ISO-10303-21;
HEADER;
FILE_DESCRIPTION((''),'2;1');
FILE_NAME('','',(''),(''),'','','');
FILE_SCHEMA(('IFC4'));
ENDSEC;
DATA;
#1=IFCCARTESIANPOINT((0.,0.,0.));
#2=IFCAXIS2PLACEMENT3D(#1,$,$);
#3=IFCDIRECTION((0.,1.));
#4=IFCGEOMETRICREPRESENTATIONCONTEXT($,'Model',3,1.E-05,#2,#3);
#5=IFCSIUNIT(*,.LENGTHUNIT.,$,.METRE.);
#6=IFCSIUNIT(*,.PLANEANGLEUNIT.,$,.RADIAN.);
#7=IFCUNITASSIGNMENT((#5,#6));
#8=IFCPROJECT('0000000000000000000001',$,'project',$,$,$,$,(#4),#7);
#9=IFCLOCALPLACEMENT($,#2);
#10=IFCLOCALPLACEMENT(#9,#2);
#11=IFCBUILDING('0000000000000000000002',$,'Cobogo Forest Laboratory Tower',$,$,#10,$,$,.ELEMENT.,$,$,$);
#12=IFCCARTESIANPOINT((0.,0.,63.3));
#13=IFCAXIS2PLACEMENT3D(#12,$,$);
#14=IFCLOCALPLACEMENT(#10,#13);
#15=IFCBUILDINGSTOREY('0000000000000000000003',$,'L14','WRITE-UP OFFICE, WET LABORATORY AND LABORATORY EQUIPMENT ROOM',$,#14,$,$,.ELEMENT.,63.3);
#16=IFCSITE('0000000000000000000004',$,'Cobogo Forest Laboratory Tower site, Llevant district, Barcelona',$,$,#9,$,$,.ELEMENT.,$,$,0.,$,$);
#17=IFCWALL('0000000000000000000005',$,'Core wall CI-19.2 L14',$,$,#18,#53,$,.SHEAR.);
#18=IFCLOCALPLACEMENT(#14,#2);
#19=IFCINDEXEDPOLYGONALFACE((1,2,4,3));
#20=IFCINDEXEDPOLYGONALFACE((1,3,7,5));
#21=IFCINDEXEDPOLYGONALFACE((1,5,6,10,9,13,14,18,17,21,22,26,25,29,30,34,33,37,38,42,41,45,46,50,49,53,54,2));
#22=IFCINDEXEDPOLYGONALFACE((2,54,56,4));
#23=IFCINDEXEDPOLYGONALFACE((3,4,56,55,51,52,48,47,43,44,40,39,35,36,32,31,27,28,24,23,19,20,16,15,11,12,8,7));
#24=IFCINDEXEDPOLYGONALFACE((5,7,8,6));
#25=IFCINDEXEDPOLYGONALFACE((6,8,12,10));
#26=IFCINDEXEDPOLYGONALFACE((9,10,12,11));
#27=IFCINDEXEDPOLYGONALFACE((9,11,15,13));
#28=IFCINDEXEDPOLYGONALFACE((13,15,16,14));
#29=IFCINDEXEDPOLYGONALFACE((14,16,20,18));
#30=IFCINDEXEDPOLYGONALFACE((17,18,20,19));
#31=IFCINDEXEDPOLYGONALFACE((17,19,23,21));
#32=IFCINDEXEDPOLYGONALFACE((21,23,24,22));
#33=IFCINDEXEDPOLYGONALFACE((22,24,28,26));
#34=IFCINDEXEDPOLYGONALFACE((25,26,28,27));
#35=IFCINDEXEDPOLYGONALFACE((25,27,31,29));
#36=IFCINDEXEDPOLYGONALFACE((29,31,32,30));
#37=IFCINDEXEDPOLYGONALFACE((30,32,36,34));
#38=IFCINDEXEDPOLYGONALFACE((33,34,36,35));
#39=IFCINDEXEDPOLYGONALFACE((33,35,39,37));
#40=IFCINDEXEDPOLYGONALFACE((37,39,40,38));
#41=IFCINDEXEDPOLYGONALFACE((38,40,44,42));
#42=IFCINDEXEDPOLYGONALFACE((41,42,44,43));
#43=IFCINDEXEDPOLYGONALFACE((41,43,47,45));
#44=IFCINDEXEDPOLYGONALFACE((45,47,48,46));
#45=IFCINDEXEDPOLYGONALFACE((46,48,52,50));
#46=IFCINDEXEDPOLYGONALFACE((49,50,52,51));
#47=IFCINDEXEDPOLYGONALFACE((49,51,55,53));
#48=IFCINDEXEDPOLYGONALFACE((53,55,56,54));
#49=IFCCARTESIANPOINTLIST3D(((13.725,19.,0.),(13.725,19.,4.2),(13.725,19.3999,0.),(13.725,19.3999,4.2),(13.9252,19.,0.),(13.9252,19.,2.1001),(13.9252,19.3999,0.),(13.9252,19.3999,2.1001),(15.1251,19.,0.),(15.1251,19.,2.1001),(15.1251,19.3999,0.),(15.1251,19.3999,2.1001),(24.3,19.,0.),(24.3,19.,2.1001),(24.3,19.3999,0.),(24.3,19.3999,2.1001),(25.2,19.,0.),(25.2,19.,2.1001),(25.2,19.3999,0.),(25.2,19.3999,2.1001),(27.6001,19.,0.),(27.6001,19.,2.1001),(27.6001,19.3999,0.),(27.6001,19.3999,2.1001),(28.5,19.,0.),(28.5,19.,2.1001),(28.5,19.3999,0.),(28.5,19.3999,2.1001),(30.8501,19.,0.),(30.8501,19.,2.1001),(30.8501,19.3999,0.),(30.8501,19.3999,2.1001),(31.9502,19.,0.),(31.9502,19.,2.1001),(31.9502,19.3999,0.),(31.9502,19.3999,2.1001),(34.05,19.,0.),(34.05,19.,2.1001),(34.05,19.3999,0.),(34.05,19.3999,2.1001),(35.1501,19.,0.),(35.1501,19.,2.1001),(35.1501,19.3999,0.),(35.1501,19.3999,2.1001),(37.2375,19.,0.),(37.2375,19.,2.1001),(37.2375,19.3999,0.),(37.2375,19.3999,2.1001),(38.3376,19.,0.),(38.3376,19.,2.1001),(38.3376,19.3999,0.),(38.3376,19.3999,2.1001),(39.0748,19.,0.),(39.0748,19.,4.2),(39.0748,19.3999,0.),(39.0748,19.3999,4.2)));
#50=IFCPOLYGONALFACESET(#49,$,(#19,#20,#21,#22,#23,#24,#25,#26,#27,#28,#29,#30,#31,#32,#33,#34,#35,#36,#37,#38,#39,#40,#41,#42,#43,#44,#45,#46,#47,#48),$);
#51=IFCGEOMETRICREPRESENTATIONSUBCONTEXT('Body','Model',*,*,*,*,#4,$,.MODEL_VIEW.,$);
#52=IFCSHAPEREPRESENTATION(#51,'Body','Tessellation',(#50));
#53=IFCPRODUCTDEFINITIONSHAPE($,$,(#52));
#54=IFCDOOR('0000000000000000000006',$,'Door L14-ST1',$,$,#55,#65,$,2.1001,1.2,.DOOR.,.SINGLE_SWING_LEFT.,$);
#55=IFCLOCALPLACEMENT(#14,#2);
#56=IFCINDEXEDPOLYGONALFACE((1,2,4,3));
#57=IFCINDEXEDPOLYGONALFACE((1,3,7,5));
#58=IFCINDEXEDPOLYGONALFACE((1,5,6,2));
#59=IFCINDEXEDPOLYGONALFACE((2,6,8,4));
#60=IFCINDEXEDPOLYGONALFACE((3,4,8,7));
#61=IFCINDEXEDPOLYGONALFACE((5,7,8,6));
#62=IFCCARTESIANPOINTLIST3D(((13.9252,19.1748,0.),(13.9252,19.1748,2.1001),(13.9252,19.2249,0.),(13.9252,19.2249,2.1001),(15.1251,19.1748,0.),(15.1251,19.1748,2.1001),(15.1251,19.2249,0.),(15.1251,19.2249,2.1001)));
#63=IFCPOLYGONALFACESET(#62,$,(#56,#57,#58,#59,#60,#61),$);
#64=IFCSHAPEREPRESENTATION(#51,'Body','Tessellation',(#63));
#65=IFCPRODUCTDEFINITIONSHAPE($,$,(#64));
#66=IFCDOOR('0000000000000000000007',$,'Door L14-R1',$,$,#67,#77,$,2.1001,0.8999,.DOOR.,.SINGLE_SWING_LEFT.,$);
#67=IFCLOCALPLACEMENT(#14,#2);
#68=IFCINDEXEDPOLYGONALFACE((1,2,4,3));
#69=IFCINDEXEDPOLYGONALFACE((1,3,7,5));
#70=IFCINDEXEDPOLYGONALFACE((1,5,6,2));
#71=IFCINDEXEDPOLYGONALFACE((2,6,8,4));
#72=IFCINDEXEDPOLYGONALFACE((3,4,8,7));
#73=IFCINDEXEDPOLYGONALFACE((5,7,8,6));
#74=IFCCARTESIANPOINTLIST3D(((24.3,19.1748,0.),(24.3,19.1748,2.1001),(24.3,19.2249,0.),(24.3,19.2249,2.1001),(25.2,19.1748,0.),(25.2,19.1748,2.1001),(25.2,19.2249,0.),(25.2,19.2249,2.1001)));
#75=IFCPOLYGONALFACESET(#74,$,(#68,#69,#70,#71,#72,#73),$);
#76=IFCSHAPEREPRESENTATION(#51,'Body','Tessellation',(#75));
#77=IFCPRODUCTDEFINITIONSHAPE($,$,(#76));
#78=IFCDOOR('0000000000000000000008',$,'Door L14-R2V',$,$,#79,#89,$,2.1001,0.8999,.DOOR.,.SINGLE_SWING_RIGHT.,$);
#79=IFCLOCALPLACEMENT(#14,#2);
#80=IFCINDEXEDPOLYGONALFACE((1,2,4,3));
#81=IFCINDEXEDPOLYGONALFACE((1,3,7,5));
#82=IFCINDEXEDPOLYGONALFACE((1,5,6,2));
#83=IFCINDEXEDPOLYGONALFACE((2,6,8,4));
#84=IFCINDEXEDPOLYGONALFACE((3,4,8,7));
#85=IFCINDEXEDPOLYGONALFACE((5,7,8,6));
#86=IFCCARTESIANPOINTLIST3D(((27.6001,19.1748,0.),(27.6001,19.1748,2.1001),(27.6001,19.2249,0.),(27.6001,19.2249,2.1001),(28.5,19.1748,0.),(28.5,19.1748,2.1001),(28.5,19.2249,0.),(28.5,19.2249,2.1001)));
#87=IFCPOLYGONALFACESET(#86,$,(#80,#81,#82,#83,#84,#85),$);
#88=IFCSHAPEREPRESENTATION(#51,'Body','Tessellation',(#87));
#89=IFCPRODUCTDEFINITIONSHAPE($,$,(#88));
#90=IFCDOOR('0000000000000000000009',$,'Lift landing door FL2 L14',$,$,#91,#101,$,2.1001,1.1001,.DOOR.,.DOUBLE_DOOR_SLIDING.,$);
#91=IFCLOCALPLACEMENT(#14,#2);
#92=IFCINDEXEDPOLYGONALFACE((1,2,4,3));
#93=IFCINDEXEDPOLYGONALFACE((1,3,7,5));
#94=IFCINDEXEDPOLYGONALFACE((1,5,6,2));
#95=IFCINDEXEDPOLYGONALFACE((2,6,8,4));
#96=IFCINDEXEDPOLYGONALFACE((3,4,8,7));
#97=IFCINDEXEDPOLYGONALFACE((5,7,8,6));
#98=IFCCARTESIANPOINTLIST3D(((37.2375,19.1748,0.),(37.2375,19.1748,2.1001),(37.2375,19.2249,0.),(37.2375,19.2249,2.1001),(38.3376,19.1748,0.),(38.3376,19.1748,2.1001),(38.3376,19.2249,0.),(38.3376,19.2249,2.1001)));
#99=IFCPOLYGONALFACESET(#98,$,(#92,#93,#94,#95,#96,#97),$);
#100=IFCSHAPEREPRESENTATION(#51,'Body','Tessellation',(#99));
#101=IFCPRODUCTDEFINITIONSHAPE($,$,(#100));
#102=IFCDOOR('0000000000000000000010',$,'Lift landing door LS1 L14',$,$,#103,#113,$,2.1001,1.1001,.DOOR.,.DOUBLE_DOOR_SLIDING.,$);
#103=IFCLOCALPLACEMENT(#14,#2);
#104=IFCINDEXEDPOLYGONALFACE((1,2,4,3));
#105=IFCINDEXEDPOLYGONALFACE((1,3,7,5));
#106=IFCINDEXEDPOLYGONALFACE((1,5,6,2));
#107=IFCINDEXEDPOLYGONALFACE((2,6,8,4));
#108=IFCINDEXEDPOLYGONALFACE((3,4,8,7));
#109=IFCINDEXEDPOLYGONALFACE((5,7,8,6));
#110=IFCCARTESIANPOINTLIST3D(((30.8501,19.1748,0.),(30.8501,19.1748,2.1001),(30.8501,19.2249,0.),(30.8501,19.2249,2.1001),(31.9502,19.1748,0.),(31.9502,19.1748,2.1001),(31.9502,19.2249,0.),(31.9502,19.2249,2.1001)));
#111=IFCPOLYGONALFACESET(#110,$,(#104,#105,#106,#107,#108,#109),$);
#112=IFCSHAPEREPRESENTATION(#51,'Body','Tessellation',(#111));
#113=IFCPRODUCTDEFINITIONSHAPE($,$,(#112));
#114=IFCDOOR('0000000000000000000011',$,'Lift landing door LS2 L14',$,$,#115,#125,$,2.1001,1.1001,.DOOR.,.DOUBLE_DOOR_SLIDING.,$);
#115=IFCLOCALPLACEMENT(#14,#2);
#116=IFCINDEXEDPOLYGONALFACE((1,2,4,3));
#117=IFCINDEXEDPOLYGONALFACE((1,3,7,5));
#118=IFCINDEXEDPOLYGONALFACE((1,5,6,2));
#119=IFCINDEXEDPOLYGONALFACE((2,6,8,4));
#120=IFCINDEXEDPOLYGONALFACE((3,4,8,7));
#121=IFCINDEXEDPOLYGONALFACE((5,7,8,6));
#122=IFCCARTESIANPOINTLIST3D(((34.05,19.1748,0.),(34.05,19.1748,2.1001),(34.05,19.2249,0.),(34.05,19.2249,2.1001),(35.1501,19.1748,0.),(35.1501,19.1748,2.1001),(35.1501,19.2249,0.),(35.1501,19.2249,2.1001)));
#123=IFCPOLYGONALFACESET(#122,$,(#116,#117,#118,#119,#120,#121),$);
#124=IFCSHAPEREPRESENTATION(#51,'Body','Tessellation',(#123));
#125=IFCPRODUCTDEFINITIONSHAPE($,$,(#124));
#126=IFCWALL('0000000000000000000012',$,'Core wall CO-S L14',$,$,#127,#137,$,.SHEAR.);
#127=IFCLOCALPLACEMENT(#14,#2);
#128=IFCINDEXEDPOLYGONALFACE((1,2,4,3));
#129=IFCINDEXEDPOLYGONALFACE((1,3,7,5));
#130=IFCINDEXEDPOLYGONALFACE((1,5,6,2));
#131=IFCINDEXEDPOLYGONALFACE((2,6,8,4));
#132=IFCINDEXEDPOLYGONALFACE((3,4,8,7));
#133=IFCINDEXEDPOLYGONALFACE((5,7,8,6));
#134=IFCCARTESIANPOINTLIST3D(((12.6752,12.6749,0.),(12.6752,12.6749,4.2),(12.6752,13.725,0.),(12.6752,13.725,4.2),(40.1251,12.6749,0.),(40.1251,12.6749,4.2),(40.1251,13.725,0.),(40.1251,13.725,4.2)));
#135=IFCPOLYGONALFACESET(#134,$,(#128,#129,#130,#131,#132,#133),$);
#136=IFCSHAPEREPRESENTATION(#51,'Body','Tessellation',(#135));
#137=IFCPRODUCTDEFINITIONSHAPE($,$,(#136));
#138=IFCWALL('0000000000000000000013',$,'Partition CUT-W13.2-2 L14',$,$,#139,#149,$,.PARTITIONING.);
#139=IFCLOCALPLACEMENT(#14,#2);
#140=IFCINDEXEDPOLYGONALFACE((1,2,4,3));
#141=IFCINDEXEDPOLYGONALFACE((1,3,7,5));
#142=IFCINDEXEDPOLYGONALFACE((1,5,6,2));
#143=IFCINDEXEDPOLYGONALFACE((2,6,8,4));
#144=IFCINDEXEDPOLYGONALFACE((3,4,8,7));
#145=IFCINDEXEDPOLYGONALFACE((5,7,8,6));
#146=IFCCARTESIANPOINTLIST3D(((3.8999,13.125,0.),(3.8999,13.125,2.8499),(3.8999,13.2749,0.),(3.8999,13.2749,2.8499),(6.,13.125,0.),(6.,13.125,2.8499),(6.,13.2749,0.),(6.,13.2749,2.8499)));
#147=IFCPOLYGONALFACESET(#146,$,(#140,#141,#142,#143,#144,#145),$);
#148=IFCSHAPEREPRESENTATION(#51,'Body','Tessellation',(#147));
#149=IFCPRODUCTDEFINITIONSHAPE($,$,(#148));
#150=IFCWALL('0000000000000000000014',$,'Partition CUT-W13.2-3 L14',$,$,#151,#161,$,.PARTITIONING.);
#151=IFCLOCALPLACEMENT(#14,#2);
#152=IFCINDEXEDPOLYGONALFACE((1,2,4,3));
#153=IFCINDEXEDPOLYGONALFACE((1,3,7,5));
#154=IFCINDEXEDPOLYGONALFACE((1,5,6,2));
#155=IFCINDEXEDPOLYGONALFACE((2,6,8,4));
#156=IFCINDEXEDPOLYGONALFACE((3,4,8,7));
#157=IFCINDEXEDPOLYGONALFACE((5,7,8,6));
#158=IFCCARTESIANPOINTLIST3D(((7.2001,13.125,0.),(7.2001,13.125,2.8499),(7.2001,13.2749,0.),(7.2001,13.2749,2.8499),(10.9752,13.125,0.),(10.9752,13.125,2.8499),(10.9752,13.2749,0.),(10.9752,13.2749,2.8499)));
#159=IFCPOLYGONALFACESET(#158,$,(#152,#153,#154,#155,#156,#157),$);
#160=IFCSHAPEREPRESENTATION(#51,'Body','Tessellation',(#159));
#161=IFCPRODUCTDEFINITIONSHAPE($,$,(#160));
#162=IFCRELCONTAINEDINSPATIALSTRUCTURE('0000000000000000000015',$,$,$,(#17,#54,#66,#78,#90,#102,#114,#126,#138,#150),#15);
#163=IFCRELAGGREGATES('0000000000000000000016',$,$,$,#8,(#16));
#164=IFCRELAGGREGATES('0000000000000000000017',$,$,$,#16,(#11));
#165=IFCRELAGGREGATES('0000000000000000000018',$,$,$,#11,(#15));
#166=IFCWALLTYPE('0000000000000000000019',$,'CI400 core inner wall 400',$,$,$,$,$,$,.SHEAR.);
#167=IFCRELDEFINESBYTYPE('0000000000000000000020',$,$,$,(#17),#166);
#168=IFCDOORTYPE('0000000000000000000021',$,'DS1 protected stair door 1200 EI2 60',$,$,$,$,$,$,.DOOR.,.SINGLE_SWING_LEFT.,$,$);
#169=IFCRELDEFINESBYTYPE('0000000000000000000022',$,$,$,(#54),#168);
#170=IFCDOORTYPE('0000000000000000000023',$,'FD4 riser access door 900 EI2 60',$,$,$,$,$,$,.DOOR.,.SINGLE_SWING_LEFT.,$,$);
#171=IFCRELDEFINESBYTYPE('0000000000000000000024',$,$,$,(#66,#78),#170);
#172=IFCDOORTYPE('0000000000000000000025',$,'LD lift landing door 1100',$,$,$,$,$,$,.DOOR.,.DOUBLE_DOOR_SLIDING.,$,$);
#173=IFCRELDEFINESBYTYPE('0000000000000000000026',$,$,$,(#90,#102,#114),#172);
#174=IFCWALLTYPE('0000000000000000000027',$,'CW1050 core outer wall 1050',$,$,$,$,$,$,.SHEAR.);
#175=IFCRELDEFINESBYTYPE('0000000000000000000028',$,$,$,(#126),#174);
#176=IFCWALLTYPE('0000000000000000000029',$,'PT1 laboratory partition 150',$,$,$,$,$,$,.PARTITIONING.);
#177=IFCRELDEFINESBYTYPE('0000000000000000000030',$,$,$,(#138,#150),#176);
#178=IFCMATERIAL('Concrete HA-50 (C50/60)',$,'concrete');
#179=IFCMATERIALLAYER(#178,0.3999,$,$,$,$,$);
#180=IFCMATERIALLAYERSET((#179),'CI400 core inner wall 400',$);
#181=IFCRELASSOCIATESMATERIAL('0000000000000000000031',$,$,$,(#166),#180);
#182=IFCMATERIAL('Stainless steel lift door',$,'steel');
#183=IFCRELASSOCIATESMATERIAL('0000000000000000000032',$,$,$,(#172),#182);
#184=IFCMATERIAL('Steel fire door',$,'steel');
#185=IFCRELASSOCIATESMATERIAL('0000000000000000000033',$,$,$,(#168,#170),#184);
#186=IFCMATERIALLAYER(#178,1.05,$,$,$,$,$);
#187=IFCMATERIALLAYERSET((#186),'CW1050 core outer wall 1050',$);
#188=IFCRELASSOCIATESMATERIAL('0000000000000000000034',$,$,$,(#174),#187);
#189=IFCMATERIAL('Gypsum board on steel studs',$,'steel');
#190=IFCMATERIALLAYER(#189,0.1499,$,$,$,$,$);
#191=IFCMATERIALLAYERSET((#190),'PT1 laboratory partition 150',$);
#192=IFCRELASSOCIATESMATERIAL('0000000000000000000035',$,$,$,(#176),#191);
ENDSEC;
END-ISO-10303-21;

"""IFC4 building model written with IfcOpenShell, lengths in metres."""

from ifc_helpers import new_model, si_unit, direction, frame, frame_2d, origin, place, context, subcontext, project, spatial, rectangle, extrude, material, layer, layer_set, type_object, element, fill, save


model = new_model("IFC4")

# Units and contexts
model_context = context("Model", 3, precision=1e-05, world=origin(), true_north=direction((0.0, 1.0)))
body_context = subcontext(model_context, "Body", "Model", "MODEL_VIEW")
ifc_project = project(units=[si_unit("LENGTHUNIT", "METRE"), si_unit("PLANEANGLEUNIT", "RADIAN")], contexts=[model_context])

# Site, building, storey
site_placement = place(None, origin())
site = spatial("IfcSite", under=ifc_project, at=site_placement, Name="Cobogo Forest Laboratory Tower site, Llevant district, Barcelona", CompositionType="ELEMENT", RefElevation=0.0)
building_placement = place(site_placement, origin())
building = spatial("IfcBuilding", under=site, at=building_placement, Name="Cobogo Forest Laboratory Tower", CompositionType="ELEMENT")
storey_placement = place(building_placement, frame((0.0, 0.0, 63.3)))
storey = spatial("IfcBuildingStorey", under=building, at=storey_placement, Name="L14", Description="WRITE-UP OFFICE, WET LABORATORY AND LABORATORY EQUIPMENT ROOM", CompositionType="ELEMENT", Elevation=63.3)

# Shared definitions
ifc_material_1 = material(Name="Concrete HA-50 (C50/60)", Category="concrete")

# Wall, openings, doors
ifc_layer_1 = layer(ifc_material_1, 0.3999)
ifc_layer_set_1 = layer_set([ifc_layer_1], Name="CI400 core inner wall 400")
wall_type_1 = type_object("IfcWallType", Name="CI400 core inner wall 400", PredefinedType="SHEAR", material=ifc_layer_set_1)
ifc_material_2 = material(Name="Stainless steel lift door", Category="steel")
door_type_1 = type_object("IfcDoorType", Name="LD lift landing door 1100", OperationType="DOUBLE_DOOR_SLIDING", PredefinedType="DOOR", material=ifc_material_2)
wall_1_placement = place(storey_placement, frame((13.7251, 19.2, 0.0), z_axis=(0.0, 0.0, 1.0), x_axis=(1.0, 0.0, 0.0)))
wall_1 = element("IfcWall", 1, at=wall_1_placement, inside=storey, type_object=wall_type_1, Name="Core wall CI-19.2 L14", PredefinedType="SHEAR", context=body_context, shape_type="SweptSolid", body=[
    extrude(rectangle(XDim=25.3499, YDim=0.3999, at=frame_2d((12.6748, 0.0))), origin(), (0.0, 0.0, 1.0), 4.2),
])
opening_1_placement = place(wall_1_placement, frame((10.575, 0.0, 0.0)))
opening_1 = element("IfcOpeningElement", 2, at=opening_1_placement, cuts=wall_1, PredefinedType="OPENING", context=body_context, shape_type="SweptSolid", body=[
    extrude(rectangle(XDim=0.8999, YDim=2.1001, at=frame_2d((0.45, 1.05))), frame((0.0, 0.21, 0.0), z_axis=(0.0, -1.0, 0.0), x_axis=(1.0, 0.0, 0.0)), (0.0, 0.0, 1.0), 0.4199),
])
opening_2_placement = place(wall_1_placement, frame((13.875, 0.0, 0.0)))
opening_2 = element("IfcOpeningElement", 3, at=opening_2_placement, cuts=wall_1, PredefinedType="OPENING", context=body_context, shape_type="SweptSolid", body=[
    extrude(rectangle(XDim=0.8999, YDim=2.1001, at=frame_2d((0.45, 1.05))), frame((0.0, 0.21, 0.0), z_axis=(0.0, -1.0, 0.0), x_axis=(1.0, 0.0, 0.0)), (0.0, 0.0, 1.0), 0.4199),
])
opening_3_placement = place(wall_1_placement, frame((0.2, 0.0, 0.0)))
opening_3 = element("IfcOpeningElement", 4, at=opening_3_placement, cuts=wall_1, PredefinedType="OPENING", context=body_context, shape_type="SweptSolid", body=[
    extrude(rectangle(XDim=1.2, YDim=2.1001, at=frame_2d((0.6001, 1.05))), frame((0.0, 0.21, 0.0), z_axis=(0.0, -1.0, 0.0), x_axis=(1.0, 0.0, 0.0)), (0.0, 0.0, 1.0), 0.4199),
])
opening_4_placement = place(wall_1_placement, frame((23.5125, 0.0, 0.0)))
opening_4 = element("IfcOpeningElement", 5, at=opening_4_placement, cuts=wall_1, PredefinedType="OPENING", context=body_context, shape_type="SweptSolid", body=[
    extrude(rectangle(XDim=1.1001, YDim=2.1001, at=frame_2d((0.55, 1.05))), frame((0.0, 0.21, 0.0), z_axis=(0.0, -1.0, 0.0), x_axis=(1.0, 0.0, 0.0)), (0.0, 0.0, 1.0), 0.4199),
])
opening_5_placement = place(wall_1_placement, frame((17.125, 0.0, 0.0)))
opening_5 = element("IfcOpeningElement", 6, at=opening_5_placement, cuts=wall_1, PredefinedType="OPENING", context=body_context, shape_type="SweptSolid", body=[
    extrude(rectangle(XDim=1.1001, YDim=2.1001, at=frame_2d((0.55, 1.05))), frame((0.0, 0.21, 0.0), z_axis=(0.0, -1.0, 0.0), x_axis=(1.0, 0.0, 0.0)), (0.0, 0.0, 1.0), 0.4199),
])
opening_6_placement = place(wall_1_placement, frame((20.325, 0.0, 0.0)))
opening_6 = element("IfcOpeningElement", 7, at=opening_6_placement, cuts=wall_1, PredefinedType="OPENING", context=body_context, shape_type="SweptSolid", body=[
    extrude(rectangle(XDim=1.1001, YDim=2.1001, at=frame_2d((0.55, 1.05))), frame((0.0, 0.21, 0.0), z_axis=(0.0, -1.0, 0.0), x_axis=(1.0, 0.0, 0.0)), (0.0, 0.0, 1.0), 0.4199),
])
ifc_material_3 = material(Name="Steel fire door", Category="steel")
door_type_2 = type_object("IfcDoorType", Name="DS1 protected stair door 1200 EI2 60", OperationType="SINGLE_SWING_LEFT", PredefinedType="DOOR", material=ifc_material_3)
door_1_placement = place(opening_3_placement, origin())
door_1 = element("IfcDoor", 8, at=door_1_placement, inside=storey, type_object=door_type_2, Name="Door L14-ST1", OperationType="SINGLE_SWING_LEFT", OverallHeight=2.1001, OverallWidth=1.2, PredefinedType="DOOR", context=body_context, shape_type="SweptSolid", body=[
    extrude(rectangle(XDim=1.2, YDim=2.1001, at=frame_2d((0.6001, 1.05))), frame((0.0, 0.0249, 0.0), z_axis=(0.0, -1.0, 0.0), x_axis=(1.0, 0.0, 0.0)), (0.0, 0.0, 1.0), 0.05),
])
fill(opening_3, door_1)
door_type_3 = type_object("IfcDoorType", Name="FD4 riser access door 900 EI2 60", OperationType="SINGLE_SWING_LEFT", PredefinedType="DOOR", material=ifc_material_3)
door_2_placement = place(opening_1_placement, origin())
door_2 = element("IfcDoor", 9, at=door_2_placement, inside=storey, type_object=door_type_3, Name="Door L14-R1", OperationType="SINGLE_SWING_LEFT", OverallHeight=2.1001, OverallWidth=0.8999, PredefinedType="DOOR", context=body_context, shape_type="SweptSolid", body=[
    extrude(rectangle(XDim=0.8999, YDim=2.1001, at=frame_2d((0.45, 1.05))), frame((0.0, 0.0249, 0.0), z_axis=(0.0, -1.0, 0.0), x_axis=(1.0, 0.0, 0.0)), (0.0, 0.0, 1.0), 0.05),
])
fill(opening_1, door_2)
door_3_placement = place(opening_2_placement, origin())
door_3 = element("IfcDoor", 10, at=door_3_placement, inside=storey, type_object=door_type_3, Name="Door L14-R2V", OperationType="SINGLE_SWING_RIGHT", OverallHeight=2.1001, OverallWidth=0.8999, PredefinedType="DOOR", context=body_context, shape_type="SweptSolid", body=[
    extrude(rectangle(XDim=0.8999, YDim=2.1001, at=frame_2d((0.45, 1.05))), frame((0.0, 0.0249, 0.0), z_axis=(0.0, -1.0, 0.0), x_axis=(1.0, 0.0, 0.0)), (0.0, 0.0, 1.0), 0.05),
])
fill(opening_2, door_3)
door_4_placement = place(opening_4_placement, origin())
door_4 = element("IfcDoor", 11, at=door_4_placement, inside=storey, type_object=door_type_1, Name="Lift landing door FL2 L14", OperationType="DOUBLE_DOOR_SLIDING", OverallHeight=2.1001, OverallWidth=1.1001, PredefinedType="DOOR", context=body_context, shape_type="SweptSolid", body=[
    extrude(rectangle(XDim=1.1001, YDim=2.1001, at=frame_2d((0.55, 1.05))), frame((0.0, 0.0249, 0.0), z_axis=(0.0, -1.0, 0.0), x_axis=(1.0, 0.0, 0.0)), (0.0, 0.0, 1.0), 0.05),
])
fill(opening_4, door_4)
door_5_placement = place(opening_5_placement, origin())
door_5 = element("IfcDoor", 12, at=door_5_placement, inside=storey, type_object=door_type_1, Name="Lift landing door LS1 L14", OperationType="DOUBLE_DOOR_SLIDING", OverallHeight=2.1001, OverallWidth=1.1001, PredefinedType="DOOR", context=body_context, shape_type="SweptSolid", body=[
    extrude(rectangle(XDim=1.1001, YDim=2.1001, at=frame_2d((0.55, 1.05))), frame((0.0, 0.0249, 0.0), z_axis=(0.0, -1.0, 0.0), x_axis=(1.0, 0.0, 0.0)), (0.0, 0.0, 1.0), 0.05),
])
fill(opening_5, door_5)
door_6_placement = place(opening_6_placement, origin())
door_6 = element("IfcDoor", 13, at=door_6_placement, inside=storey, type_object=door_type_1, Name="Lift landing door LS2 L14", OperationType="DOUBLE_DOOR_SLIDING", OverallHeight=2.1001, OverallWidth=1.1001, PredefinedType="DOOR", context=body_context, shape_type="SweptSolid", body=[
    extrude(rectangle(XDim=1.1001, YDim=2.1001, at=frame_2d((0.55, 1.05))), frame((0.0, 0.0249, 0.0), z_axis=(0.0, -1.0, 0.0), x_axis=(1.0, 0.0, 0.0)), (0.0, 0.0, 1.0), 0.05),
])
fill(opening_6, door_6)

# Walls
ifc_layer_2 = layer(ifc_material_1, 1.05)
ifc_layer_set_2 = layer_set([ifc_layer_2], Name="CW1050 core outer wall 1050")
wall_type_2 = type_object("IfcWallType", Name="CW1050 core outer wall 1050", PredefinedType="SHEAR", material=ifc_layer_set_2)
wall_2_placement = place(storey_placement, frame((12.675, 13.2, 0.0), z_axis=(0.0, 0.0, 1.0), x_axis=(1.0, 0.0, 0.0)))
element("IfcWall", 14, at=wall_2_placement, inside=storey, type_object=wall_type_2, Name="Core wall CO-S L14", PredefinedType="SHEAR", context=body_context, shape_type="SweptSolid", body=[
    extrude(rectangle(XDim=27.45, YDim=1.05, at=frame_2d((13.7251, 0.0))), origin(), (0.0, 0.0, 1.0), 4.2),
])
ifc_material_4 = material(Name="Gypsum board on steel studs", Category="steel")
ifc_layer_3 = layer(ifc_material_4, 0.1499)
ifc_layer_set_3 = layer_set([ifc_layer_3], Name="PT1 laboratory partition 150")
wall_type_3 = type_object("IfcWallType", Name="PT1 laboratory partition 150", PredefinedType="PARTITIONING", material=ifc_layer_set_3)
wall_3_placement = place(storey_placement, frame((3.8999, 13.2, 0.0), z_axis=(0.0, 0.0, 1.0), x_axis=(1.0, 0.0, 0.0)))
element("IfcWall", 15, at=wall_3_placement, inside=storey, type_object=wall_type_3, Name="Partition CUT-W13.2-2 L14", PredefinedType="PARTITIONING", context=body_context, shape_type="SweptSolid", body=[
    extrude(rectangle(XDim=2.1001, YDim=0.1499, at=frame_2d((1.05, 0.0))), origin(), (0.0, 0.0, 1.0), 2.8499),
])
wall_4_placement = place(storey_placement, frame((7.2, 13.2, 0.0), z_axis=(0.0, 0.0, 1.0), x_axis=(1.0, 0.0, 0.0)))
element("IfcWall", 16, at=wall_4_placement, inside=storey, type_object=wall_type_3, Name="Partition CUT-W13.2-3 L14", PredefinedType="PARTITIONING", context=body_context, shape_type="SweptSolid", body=[
    extrude(rectangle(XDim=3.7751, YDim=0.1499, at=frame_2d((1.8877, 0.0))), origin(), (0.0, 0.0, 1.0), 2.8499),
])

save(model, "model.ifc")
